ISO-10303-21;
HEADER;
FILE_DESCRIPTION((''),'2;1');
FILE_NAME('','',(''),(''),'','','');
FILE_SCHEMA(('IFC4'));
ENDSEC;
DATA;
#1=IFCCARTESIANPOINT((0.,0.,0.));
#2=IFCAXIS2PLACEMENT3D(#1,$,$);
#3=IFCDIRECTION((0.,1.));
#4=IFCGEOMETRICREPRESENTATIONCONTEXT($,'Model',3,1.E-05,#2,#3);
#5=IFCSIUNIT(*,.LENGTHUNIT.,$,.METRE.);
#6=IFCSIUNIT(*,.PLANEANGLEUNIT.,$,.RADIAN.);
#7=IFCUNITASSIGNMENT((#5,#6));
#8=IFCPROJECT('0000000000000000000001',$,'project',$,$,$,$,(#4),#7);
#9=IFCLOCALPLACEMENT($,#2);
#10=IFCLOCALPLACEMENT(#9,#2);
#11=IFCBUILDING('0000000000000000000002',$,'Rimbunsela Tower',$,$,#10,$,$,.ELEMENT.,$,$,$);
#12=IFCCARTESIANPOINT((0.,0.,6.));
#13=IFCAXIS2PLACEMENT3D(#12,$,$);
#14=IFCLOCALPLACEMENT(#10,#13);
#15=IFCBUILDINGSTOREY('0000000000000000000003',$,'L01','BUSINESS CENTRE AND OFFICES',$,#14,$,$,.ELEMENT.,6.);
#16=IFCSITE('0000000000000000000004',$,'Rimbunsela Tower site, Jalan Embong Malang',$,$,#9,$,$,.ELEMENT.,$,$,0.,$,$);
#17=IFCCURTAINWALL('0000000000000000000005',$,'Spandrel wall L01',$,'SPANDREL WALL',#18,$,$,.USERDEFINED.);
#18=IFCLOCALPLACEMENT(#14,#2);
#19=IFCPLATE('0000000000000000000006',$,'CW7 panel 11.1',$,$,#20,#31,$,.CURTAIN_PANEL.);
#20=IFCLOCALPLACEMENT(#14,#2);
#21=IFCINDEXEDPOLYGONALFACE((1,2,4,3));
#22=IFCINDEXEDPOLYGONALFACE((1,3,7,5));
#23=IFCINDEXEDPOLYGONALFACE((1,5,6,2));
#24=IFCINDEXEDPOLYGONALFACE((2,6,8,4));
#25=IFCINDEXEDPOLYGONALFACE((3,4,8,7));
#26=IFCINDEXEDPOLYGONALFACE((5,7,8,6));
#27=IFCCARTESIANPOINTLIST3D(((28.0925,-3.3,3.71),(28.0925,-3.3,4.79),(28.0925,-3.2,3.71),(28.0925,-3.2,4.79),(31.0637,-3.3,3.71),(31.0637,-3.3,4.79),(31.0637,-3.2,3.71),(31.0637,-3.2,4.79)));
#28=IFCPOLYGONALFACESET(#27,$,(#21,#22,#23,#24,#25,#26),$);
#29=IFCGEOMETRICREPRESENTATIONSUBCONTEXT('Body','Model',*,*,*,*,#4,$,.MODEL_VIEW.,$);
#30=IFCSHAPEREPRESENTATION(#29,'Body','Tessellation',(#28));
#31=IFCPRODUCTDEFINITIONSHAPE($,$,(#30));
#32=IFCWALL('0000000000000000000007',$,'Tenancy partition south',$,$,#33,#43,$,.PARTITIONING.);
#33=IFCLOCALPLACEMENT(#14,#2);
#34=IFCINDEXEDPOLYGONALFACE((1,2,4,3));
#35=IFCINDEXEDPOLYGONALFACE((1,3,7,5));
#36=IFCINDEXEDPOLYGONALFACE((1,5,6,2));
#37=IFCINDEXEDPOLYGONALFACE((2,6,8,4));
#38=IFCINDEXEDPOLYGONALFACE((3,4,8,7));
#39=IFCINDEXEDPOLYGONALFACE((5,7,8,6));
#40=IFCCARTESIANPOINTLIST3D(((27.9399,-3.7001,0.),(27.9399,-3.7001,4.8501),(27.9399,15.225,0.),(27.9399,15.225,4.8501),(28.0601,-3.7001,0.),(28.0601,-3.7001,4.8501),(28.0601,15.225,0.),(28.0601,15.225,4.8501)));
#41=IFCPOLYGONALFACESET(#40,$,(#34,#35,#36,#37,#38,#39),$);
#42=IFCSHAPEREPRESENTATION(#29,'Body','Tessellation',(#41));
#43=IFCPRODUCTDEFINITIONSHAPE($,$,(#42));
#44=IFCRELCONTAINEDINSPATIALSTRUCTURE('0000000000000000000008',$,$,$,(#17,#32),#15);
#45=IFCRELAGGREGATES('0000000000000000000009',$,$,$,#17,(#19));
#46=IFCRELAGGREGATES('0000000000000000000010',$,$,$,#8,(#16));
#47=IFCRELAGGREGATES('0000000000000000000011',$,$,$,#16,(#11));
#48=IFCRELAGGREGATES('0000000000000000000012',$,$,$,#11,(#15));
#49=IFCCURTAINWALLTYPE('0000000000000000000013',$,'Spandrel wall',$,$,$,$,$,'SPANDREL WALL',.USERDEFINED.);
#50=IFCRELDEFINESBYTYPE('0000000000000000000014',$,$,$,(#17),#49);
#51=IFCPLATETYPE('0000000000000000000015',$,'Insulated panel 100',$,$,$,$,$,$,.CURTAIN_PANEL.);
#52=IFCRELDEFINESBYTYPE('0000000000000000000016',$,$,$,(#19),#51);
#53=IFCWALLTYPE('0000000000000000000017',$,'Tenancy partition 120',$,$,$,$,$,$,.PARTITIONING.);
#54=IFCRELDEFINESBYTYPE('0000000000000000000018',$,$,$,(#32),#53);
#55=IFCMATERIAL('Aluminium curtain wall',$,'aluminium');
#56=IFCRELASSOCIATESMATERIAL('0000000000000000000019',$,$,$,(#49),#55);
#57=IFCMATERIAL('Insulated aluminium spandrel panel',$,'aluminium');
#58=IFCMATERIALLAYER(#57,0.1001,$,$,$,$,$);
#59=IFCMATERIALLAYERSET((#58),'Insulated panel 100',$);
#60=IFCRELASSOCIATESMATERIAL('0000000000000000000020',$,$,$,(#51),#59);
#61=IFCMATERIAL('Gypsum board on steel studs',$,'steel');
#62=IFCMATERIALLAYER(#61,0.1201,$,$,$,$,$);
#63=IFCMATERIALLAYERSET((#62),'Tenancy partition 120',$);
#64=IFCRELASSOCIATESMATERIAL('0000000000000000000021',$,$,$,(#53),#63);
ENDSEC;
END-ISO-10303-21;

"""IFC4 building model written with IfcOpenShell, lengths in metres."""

from ifc_helpers import new_model, si_unit, direction, frame, frame_2d, origin, origin_2d, place, context, subcontext, project, spatial, rectangle, extrude, material, layer, layer_set, type_object, element, aggregate, save


model = new_model("IFC4")

# Units and contexts
model_context = context("Model", 3, precision=1e-05, world=origin(), true_north=direction((0.0, 1.0)))
body_context = subcontext(model_context, "Body", "Model", "MODEL_VIEW")
ifc_project = project(units=[si_unit("LENGTHUNIT", "METRE"), si_unit("PLANEANGLEUNIT", "RADIAN")], contexts=[model_context])

# Site, building, storey
site_placement = place(None, origin())
site = spatial("IfcSite", under=ifc_project, at=site_placement, Name="Rimbunsela Tower site, Jalan Embong Malang", CompositionType="ELEMENT", RefElevation=0.0)
building_placement = place(site_placement, origin())
building = spatial("IfcBuilding", under=site, at=building_placement, Name="Rimbunsela Tower", CompositionType="ELEMENT")
storey_placement = place(building_placement, frame((0.0, 0.0, 6.0)))
storey = spatial("IfcBuildingStorey", under=building, at=storey_placement, Name="L01", Description="BUSINESS CENTRE AND OFFICES", CompositionType="ELEMENT", Elevation=6.0)

# Curtain wall
ifc_material_1 = material(Name="Aluminium curtain wall", Category="aluminium")
curtain_wall_type_1 = type_object("IfcCurtainWallType", Name="Spandrel wall", ElementType="SPANDREL WALL", PredefinedType="USERDEFINED", material=ifc_material_1)
curtain_wall_1_placement = place(storey_placement, origin())
curtain_wall_1 = element("IfcCurtainWall", 1, at=curtain_wall_1_placement, inside=storey, type_object=curtain_wall_type_1, Name="Spandrel wall L01", ObjectType="SPANDREL WALL", PredefinedType="USERDEFINED")

# Plate
ifc_material_2 = material(Name="Insulated aluminium spandrel panel", Category="aluminium")
ifc_layer_1 = layer(ifc_material_2, 0.1001)
ifc_layer_set_1 = layer_set([ifc_layer_1], Name="Insulated panel 100")
plate_type_1 = type_object("IfcPlateType", Name="Insulated panel 100", PredefinedType="CURTAIN_PANEL", material=ifc_layer_set_1)
plate_1_placement = place(storey_placement, frame((29.5781, -3.25, 3.71), z_axis=(0.0, 0.0, 1.0), x_axis=(1.0, 0.0, 0.0)))
plate_1 = element("IfcPlate", 2, at=plate_1_placement, type_object=plate_type_1, Name="CW7 panel 11.1", PredefinedType="CURTAIN_PANEL", context=body_context, shape_type="SweptSolid", body=[
    extrude(rectangle(XDim=2.9712, YDim=0.1001, at=origin_2d()), origin(), (0.0, 0.0, 1.0), 1.0801),
])
aggregate(curtain_wall_1, [plate_1])

# Wall
ifc_material_3 = material(Name="Gypsum board on steel studs", Category="steel")
ifc_layer_2 = layer(ifc_material_3, 0.1201)
ifc_layer_set_2 = layer_set([ifc_layer_2], Name="Tenancy partition 120")
wall_type = type_object("IfcWallType", Name="Tenancy partition 120", PredefinedType="PARTITIONING", material=ifc_layer_set_2)
wall_placement = place(storey_placement, frame((28.0, -3.7, 0.0), z_axis=(0.0, 0.0, 1.0), x_axis=(0.0, 1.0, 0.0)))
element("IfcWall", 3, at=wall_placement, inside=storey, type_object=wall_type, Name="Tenancy partition south", PredefinedType="PARTITIONING", context=body_context, shape_type="SweptSolid", body=[
    extrude(rectangle(XDim=18.925, YDim=0.1201, at=frame_2d((9.4624, 0.0))), origin(), (0.0, 0.0, 1.0), 4.8501),
])

save(model, "model.ifc")
